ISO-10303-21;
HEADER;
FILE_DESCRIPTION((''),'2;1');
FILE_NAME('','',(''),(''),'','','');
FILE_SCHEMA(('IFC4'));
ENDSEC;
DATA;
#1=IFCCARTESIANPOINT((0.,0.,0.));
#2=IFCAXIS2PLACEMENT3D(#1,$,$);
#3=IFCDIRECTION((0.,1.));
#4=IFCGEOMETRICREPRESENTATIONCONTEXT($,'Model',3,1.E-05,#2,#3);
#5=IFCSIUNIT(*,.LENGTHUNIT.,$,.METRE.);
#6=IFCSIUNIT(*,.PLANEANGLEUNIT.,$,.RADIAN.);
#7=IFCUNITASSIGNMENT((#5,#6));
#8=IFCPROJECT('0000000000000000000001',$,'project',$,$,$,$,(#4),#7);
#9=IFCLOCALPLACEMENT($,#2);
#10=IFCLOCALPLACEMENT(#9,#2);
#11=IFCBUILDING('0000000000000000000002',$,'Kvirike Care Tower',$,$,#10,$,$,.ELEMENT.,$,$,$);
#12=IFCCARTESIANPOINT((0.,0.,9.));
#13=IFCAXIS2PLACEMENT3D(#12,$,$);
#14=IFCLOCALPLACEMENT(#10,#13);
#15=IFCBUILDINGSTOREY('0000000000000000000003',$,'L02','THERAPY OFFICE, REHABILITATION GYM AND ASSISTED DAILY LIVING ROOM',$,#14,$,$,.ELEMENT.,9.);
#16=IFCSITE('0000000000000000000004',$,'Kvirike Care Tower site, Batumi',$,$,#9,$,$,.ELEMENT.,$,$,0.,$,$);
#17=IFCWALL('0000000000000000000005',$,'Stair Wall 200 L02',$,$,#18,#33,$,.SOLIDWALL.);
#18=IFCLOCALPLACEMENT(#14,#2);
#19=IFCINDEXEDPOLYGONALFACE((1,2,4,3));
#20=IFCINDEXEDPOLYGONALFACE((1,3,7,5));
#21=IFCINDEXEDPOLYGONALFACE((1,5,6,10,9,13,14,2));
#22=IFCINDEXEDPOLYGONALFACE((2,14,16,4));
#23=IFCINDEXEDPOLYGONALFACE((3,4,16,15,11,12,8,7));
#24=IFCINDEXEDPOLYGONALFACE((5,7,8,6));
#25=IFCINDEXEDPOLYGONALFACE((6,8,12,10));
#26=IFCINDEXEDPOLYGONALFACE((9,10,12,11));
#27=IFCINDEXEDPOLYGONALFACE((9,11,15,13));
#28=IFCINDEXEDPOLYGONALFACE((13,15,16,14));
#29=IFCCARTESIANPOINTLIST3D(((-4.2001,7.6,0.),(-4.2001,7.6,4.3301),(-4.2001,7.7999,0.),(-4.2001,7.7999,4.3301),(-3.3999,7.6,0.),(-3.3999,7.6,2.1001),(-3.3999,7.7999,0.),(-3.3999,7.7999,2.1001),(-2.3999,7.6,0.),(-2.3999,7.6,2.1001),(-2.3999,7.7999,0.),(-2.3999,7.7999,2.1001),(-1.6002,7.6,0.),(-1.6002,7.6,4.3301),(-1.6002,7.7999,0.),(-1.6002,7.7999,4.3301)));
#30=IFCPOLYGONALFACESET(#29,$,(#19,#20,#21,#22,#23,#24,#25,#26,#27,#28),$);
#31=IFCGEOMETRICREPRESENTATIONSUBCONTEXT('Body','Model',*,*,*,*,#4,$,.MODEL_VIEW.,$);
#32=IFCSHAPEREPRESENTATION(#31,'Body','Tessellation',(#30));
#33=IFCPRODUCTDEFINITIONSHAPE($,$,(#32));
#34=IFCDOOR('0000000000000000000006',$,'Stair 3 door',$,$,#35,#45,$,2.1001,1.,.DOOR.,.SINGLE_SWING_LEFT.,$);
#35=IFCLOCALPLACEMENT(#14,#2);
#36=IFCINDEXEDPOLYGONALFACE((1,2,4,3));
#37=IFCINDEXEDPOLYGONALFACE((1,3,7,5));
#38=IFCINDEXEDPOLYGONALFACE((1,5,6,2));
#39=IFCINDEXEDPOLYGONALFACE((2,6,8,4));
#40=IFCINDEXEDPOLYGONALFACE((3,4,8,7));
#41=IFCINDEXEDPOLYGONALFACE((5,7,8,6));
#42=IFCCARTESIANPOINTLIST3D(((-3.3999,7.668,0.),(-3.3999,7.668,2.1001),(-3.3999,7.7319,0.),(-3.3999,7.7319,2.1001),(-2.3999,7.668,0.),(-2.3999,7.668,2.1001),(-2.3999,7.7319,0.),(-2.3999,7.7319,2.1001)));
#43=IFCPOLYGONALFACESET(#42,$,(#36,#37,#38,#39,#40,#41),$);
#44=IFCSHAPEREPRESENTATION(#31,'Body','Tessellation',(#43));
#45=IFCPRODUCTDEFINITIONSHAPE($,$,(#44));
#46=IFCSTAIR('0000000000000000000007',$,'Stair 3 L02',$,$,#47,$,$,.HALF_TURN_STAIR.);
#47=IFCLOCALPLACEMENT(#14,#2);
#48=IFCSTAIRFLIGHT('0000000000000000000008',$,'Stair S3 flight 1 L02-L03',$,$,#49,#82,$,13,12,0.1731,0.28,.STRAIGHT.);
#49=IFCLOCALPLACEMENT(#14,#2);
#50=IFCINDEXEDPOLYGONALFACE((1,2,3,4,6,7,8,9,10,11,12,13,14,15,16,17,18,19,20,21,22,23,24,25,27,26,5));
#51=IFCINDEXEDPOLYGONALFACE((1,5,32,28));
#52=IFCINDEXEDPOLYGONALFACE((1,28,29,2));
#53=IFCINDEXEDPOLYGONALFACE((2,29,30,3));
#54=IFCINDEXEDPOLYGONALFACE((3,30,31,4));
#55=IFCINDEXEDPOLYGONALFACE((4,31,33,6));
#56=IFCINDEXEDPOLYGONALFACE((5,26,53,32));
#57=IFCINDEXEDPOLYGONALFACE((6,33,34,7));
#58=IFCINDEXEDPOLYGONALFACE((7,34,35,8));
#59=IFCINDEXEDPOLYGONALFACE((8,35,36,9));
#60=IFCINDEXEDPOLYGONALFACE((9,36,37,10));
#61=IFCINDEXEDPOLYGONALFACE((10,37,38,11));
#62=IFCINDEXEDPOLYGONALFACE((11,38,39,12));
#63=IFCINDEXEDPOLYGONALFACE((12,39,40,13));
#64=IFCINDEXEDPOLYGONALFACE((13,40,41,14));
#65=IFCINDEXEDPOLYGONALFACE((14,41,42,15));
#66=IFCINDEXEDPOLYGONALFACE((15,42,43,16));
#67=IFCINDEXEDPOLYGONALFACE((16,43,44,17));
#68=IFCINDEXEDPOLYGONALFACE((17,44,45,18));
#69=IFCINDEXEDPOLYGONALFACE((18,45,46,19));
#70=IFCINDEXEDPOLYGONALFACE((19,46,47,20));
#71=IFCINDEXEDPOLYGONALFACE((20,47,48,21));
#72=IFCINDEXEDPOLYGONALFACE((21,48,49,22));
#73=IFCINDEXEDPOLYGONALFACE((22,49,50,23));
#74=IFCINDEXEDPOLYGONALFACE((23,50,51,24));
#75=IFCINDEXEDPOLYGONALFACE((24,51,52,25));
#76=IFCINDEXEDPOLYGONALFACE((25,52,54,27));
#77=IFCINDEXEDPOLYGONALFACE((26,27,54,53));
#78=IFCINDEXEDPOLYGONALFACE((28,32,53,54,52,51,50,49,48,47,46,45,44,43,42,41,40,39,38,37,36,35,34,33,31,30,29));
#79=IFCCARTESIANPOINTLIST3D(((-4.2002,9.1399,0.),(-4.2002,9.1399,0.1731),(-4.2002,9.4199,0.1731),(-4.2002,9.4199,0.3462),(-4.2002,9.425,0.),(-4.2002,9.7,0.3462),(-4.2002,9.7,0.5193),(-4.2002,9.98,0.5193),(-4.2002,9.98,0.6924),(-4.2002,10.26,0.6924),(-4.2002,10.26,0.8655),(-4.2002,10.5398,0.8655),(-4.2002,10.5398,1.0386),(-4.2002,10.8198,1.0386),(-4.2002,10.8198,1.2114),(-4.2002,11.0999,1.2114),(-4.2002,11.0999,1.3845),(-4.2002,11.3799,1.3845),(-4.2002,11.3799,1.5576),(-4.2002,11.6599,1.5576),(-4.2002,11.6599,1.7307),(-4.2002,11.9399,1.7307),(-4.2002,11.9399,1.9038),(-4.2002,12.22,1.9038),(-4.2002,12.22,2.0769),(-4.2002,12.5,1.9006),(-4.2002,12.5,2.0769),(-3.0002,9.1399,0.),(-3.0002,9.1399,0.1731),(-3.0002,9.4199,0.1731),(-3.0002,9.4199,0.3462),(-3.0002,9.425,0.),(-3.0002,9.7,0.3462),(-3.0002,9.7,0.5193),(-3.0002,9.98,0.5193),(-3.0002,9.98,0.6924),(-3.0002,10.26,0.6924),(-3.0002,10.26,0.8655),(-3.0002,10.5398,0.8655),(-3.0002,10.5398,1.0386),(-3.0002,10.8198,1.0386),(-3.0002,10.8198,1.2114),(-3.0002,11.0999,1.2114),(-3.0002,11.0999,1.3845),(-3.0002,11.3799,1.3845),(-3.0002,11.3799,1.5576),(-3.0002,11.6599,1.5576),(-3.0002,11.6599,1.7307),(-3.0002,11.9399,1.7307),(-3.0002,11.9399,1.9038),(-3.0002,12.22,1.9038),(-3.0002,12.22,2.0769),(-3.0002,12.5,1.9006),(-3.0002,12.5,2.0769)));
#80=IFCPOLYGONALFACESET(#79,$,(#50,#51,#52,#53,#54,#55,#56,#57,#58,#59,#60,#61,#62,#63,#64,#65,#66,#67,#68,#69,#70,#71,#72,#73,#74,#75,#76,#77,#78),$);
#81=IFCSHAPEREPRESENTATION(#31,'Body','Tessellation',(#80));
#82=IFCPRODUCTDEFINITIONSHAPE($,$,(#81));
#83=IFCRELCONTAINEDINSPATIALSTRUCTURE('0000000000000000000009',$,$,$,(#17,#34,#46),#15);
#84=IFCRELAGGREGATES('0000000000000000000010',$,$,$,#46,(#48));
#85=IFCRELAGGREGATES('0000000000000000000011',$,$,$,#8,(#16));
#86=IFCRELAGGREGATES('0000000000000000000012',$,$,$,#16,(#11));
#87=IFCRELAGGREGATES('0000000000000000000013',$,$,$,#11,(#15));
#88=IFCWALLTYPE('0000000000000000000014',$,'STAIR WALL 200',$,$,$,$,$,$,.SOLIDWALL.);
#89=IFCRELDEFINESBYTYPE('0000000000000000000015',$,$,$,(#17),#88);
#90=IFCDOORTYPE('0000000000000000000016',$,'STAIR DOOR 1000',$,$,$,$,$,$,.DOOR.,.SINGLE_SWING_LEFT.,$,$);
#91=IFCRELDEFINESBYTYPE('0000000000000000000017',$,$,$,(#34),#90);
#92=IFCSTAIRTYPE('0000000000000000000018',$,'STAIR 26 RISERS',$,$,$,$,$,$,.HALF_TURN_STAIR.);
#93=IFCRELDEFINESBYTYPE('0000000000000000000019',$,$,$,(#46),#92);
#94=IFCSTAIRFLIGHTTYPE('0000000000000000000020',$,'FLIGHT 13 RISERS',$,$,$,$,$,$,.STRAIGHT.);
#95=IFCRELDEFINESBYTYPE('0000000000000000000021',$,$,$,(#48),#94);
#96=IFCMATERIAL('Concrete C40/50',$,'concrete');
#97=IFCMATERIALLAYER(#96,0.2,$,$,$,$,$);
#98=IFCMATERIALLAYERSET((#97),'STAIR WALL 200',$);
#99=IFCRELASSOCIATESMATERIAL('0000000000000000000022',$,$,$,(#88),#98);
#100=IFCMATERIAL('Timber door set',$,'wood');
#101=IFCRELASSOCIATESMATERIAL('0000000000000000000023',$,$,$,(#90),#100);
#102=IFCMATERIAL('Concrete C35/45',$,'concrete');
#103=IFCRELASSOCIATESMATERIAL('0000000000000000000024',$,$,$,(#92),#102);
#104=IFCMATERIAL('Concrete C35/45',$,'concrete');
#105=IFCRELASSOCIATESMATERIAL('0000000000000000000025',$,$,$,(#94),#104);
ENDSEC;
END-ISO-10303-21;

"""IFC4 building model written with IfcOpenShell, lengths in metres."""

from ifc_helpers import new_model, si_unit, direction, frame, frame_2d, origin, place, context, subcontext, project, spatial, polyline, rectangle, outline, extrude, material, layer, layer_set, type_object, element, fill, aggregate, save


model = new_model("IFC4")

# Units and contexts
model_context = context("Model", 3, precision=1e-05, world=origin(), true_north=direction((0.0, 1.0)))
body_context = subcontext(model_context, "Body", "Model", "MODEL_VIEW")
ifc_project = project(units=[si_unit("LENGTHUNIT", "METRE"), si_unit("PLANEANGLEUNIT", "RADIAN")], contexts=[model_context])

# Site, building, storey
site_placement = place(None, origin())
site = spatial("IfcSite", under=ifc_project, at=site_placement, Name="Kvirike Care Tower site, Batumi", CompositionType="ELEMENT", RefElevation=0.0)
building_placement = place(site_placement, origin())
building = spatial("IfcBuilding", under=site, at=building_placement, Name="Kvirike Care Tower", CompositionType="ELEMENT")
storey_placement = place(building_placement, frame((0.0, 0.0, 9.0)))
storey = spatial("IfcBuildingStorey", under=building, at=storey_placement, Name="L02", Description="THERAPY OFFICE, REHABILITATION GYM AND ASSISTED DAILY LIVING ROOM", CompositionType="ELEMENT", Elevation=9.0)

# Wall, opening, door
ifc_material_1 = material(Name="Concrete C40/50", Category="concrete")
ifc_layer_1 = layer(ifc_material_1, 0.2)
ifc_layer_set_1 = layer_set([ifc_layer_1], Name="STAIR WALL 200")
wall_type_1 = type_object("IfcWallType", Name="STAIR WALL 200", PredefinedType="SOLIDWALL", material=ifc_layer_set_1)
wall_1_placement = place(storey_placement, frame((-4.2, 7.7, 0.0), z_axis=(0.0, 0.0, 1.0), x_axis=(1.0, 0.0, 0.0)))
wall_1 = element("IfcWall", 1, at=wall_1_placement, inside=storey, type_object=wall_type_1, Name="Stair Wall 200 L02", PredefinedType="SOLIDWALL", context=body_context, shape_type="SweptSolid", body=[
    extrude(rectangle(XDim=2.5999, YDim=0.2, at=frame_2d((1.2998, 0.0))), origin(), (0.0, 0.0, 1.0), 4.3301),
])
opening_1_placement = place(wall_1_placement, frame((0.8, 0.0, 0.0)))
opening_1 = element("IfcOpeningElement", 2, at=opening_1_placement, cuts=wall_1, PredefinedType="OPENING", context=body_context, shape_type="SweptSolid", body=[
    extrude(rectangle(XDim=1.0, YDim=2.1001, at=frame_2d((0.5, 1.05))), frame((0.0, 0.1106, 0.0), z_axis=(0.0, -1.0, 0.0), x_axis=(1.0, 0.0, 0.0)), (0.0, 0.0, 1.0), 0.2209),
])
ifc_material_2 = material(Name="Timber door set", Category="wood")
door_type_1 = type_object("IfcDoorType", Name="STAIR DOOR 1000", OperationType="SINGLE_SWING_LEFT", PredefinedType="DOOR", material=ifc_material_2)
door_1_placement = place(opening_1_placement, origin())
door_1 = element("IfcDoor", 3, at=door_1_placement, inside=storey, type_object=door_type_1, Name="Stair 3 door", OperationType="SINGLE_SWING_LEFT", OverallHeight=2.1001, OverallWidth=1.0, PredefinedType="DOOR", context=body_context, shape_type="SweptSolid", body=[
    extrude(rectangle(XDim=1.0, YDim=2.1001, at=frame_2d((0.5, 1.05))), frame((0.0, 0.032, 0.0), z_axis=(0.0, -1.0, 0.0), x_axis=(1.0, 0.0, 0.0)), (0.0, 0.0, 1.0), 0.064),
])
fill(opening_1, door_1)

# Stair, stair flight
ifc_material_3 = material(Name="Concrete C35/45", Category="concrete")
stair_type = type_object("IfcStairType", Name="STAIR 26 RISERS", PredefinedType="HALF_TURN_STAIR", material=ifc_material_3)
stair_placement = place(storey_placement, origin())
stair = element("IfcStair", 4, at=stair_placement, inside=storey, type_object=stair_type, Name="Stair 3 L02", PredefinedType="HALF_TURN_STAIR")
ifc_material_4 = material(Name="Concrete C35/45", Category="concrete")
stair_flight_type = type_object("IfcStairFlightType", Name="FLIGHT 13 RISERS", PredefinedType="STRAIGHT", material=ifc_material_4)
stair_flight_placement = place(storey_placement, frame((-3.6001, 9.1399, 0.0), z_axis=(0.0, 0.0, 1.0), x_axis=(0.0, 1.0, 0.0)))
stair_flight = element("IfcStairFlight", 5, at=stair_flight_placement, type_object=stair_flight_type, Name="Stair S3 flight 1 L02-L03", NumberOfRisers=13, NumberOfTreads=12, PredefinedType="STRAIGHT", RiserHeight=0.1731, TreadLength=0.28, context=body_context, shape_type="SweptSolid", body=[
    extrude(outline(polyline([(0.0, 0.0), (0.0, 0.1731), (0.28, 0.1731), (0.28, 0.3462), (0.5601, 0.3462), (0.5601, 0.5193), (0.8401, 0.5193), (0.8401, 0.6924), (1.1201, 0.6924), (1.1201, 0.8655), (1.3999, 0.8655), (1.3999, 1.0386), (1.6799, 1.0386), (1.6799, 1.2114), (1.96, 1.2114), (1.96, 1.3845), (2.24, 1.3845), (2.24, 1.5576), (2.52, 1.5576), (2.52, 1.7307), (2.8, 1.7307), (2.8, 1.9038), (3.0801, 1.9038), (3.0801, 2.0769), (3.3601, 2.0769), (3.3601, 2.25), (3.3601, 1.9006), (0.2852, 0.0), (0.0, 0.0)])), frame((0.0, 0.6001, 0.0), z_axis=(0.0, -1.0, 0.0), x_axis=(1.0, 0.0, 0.0)), (0.0, 0.0, 1.0), 1.2),
])
aggregate(stair, [stair_flight])

save(model, "model.ifc")
